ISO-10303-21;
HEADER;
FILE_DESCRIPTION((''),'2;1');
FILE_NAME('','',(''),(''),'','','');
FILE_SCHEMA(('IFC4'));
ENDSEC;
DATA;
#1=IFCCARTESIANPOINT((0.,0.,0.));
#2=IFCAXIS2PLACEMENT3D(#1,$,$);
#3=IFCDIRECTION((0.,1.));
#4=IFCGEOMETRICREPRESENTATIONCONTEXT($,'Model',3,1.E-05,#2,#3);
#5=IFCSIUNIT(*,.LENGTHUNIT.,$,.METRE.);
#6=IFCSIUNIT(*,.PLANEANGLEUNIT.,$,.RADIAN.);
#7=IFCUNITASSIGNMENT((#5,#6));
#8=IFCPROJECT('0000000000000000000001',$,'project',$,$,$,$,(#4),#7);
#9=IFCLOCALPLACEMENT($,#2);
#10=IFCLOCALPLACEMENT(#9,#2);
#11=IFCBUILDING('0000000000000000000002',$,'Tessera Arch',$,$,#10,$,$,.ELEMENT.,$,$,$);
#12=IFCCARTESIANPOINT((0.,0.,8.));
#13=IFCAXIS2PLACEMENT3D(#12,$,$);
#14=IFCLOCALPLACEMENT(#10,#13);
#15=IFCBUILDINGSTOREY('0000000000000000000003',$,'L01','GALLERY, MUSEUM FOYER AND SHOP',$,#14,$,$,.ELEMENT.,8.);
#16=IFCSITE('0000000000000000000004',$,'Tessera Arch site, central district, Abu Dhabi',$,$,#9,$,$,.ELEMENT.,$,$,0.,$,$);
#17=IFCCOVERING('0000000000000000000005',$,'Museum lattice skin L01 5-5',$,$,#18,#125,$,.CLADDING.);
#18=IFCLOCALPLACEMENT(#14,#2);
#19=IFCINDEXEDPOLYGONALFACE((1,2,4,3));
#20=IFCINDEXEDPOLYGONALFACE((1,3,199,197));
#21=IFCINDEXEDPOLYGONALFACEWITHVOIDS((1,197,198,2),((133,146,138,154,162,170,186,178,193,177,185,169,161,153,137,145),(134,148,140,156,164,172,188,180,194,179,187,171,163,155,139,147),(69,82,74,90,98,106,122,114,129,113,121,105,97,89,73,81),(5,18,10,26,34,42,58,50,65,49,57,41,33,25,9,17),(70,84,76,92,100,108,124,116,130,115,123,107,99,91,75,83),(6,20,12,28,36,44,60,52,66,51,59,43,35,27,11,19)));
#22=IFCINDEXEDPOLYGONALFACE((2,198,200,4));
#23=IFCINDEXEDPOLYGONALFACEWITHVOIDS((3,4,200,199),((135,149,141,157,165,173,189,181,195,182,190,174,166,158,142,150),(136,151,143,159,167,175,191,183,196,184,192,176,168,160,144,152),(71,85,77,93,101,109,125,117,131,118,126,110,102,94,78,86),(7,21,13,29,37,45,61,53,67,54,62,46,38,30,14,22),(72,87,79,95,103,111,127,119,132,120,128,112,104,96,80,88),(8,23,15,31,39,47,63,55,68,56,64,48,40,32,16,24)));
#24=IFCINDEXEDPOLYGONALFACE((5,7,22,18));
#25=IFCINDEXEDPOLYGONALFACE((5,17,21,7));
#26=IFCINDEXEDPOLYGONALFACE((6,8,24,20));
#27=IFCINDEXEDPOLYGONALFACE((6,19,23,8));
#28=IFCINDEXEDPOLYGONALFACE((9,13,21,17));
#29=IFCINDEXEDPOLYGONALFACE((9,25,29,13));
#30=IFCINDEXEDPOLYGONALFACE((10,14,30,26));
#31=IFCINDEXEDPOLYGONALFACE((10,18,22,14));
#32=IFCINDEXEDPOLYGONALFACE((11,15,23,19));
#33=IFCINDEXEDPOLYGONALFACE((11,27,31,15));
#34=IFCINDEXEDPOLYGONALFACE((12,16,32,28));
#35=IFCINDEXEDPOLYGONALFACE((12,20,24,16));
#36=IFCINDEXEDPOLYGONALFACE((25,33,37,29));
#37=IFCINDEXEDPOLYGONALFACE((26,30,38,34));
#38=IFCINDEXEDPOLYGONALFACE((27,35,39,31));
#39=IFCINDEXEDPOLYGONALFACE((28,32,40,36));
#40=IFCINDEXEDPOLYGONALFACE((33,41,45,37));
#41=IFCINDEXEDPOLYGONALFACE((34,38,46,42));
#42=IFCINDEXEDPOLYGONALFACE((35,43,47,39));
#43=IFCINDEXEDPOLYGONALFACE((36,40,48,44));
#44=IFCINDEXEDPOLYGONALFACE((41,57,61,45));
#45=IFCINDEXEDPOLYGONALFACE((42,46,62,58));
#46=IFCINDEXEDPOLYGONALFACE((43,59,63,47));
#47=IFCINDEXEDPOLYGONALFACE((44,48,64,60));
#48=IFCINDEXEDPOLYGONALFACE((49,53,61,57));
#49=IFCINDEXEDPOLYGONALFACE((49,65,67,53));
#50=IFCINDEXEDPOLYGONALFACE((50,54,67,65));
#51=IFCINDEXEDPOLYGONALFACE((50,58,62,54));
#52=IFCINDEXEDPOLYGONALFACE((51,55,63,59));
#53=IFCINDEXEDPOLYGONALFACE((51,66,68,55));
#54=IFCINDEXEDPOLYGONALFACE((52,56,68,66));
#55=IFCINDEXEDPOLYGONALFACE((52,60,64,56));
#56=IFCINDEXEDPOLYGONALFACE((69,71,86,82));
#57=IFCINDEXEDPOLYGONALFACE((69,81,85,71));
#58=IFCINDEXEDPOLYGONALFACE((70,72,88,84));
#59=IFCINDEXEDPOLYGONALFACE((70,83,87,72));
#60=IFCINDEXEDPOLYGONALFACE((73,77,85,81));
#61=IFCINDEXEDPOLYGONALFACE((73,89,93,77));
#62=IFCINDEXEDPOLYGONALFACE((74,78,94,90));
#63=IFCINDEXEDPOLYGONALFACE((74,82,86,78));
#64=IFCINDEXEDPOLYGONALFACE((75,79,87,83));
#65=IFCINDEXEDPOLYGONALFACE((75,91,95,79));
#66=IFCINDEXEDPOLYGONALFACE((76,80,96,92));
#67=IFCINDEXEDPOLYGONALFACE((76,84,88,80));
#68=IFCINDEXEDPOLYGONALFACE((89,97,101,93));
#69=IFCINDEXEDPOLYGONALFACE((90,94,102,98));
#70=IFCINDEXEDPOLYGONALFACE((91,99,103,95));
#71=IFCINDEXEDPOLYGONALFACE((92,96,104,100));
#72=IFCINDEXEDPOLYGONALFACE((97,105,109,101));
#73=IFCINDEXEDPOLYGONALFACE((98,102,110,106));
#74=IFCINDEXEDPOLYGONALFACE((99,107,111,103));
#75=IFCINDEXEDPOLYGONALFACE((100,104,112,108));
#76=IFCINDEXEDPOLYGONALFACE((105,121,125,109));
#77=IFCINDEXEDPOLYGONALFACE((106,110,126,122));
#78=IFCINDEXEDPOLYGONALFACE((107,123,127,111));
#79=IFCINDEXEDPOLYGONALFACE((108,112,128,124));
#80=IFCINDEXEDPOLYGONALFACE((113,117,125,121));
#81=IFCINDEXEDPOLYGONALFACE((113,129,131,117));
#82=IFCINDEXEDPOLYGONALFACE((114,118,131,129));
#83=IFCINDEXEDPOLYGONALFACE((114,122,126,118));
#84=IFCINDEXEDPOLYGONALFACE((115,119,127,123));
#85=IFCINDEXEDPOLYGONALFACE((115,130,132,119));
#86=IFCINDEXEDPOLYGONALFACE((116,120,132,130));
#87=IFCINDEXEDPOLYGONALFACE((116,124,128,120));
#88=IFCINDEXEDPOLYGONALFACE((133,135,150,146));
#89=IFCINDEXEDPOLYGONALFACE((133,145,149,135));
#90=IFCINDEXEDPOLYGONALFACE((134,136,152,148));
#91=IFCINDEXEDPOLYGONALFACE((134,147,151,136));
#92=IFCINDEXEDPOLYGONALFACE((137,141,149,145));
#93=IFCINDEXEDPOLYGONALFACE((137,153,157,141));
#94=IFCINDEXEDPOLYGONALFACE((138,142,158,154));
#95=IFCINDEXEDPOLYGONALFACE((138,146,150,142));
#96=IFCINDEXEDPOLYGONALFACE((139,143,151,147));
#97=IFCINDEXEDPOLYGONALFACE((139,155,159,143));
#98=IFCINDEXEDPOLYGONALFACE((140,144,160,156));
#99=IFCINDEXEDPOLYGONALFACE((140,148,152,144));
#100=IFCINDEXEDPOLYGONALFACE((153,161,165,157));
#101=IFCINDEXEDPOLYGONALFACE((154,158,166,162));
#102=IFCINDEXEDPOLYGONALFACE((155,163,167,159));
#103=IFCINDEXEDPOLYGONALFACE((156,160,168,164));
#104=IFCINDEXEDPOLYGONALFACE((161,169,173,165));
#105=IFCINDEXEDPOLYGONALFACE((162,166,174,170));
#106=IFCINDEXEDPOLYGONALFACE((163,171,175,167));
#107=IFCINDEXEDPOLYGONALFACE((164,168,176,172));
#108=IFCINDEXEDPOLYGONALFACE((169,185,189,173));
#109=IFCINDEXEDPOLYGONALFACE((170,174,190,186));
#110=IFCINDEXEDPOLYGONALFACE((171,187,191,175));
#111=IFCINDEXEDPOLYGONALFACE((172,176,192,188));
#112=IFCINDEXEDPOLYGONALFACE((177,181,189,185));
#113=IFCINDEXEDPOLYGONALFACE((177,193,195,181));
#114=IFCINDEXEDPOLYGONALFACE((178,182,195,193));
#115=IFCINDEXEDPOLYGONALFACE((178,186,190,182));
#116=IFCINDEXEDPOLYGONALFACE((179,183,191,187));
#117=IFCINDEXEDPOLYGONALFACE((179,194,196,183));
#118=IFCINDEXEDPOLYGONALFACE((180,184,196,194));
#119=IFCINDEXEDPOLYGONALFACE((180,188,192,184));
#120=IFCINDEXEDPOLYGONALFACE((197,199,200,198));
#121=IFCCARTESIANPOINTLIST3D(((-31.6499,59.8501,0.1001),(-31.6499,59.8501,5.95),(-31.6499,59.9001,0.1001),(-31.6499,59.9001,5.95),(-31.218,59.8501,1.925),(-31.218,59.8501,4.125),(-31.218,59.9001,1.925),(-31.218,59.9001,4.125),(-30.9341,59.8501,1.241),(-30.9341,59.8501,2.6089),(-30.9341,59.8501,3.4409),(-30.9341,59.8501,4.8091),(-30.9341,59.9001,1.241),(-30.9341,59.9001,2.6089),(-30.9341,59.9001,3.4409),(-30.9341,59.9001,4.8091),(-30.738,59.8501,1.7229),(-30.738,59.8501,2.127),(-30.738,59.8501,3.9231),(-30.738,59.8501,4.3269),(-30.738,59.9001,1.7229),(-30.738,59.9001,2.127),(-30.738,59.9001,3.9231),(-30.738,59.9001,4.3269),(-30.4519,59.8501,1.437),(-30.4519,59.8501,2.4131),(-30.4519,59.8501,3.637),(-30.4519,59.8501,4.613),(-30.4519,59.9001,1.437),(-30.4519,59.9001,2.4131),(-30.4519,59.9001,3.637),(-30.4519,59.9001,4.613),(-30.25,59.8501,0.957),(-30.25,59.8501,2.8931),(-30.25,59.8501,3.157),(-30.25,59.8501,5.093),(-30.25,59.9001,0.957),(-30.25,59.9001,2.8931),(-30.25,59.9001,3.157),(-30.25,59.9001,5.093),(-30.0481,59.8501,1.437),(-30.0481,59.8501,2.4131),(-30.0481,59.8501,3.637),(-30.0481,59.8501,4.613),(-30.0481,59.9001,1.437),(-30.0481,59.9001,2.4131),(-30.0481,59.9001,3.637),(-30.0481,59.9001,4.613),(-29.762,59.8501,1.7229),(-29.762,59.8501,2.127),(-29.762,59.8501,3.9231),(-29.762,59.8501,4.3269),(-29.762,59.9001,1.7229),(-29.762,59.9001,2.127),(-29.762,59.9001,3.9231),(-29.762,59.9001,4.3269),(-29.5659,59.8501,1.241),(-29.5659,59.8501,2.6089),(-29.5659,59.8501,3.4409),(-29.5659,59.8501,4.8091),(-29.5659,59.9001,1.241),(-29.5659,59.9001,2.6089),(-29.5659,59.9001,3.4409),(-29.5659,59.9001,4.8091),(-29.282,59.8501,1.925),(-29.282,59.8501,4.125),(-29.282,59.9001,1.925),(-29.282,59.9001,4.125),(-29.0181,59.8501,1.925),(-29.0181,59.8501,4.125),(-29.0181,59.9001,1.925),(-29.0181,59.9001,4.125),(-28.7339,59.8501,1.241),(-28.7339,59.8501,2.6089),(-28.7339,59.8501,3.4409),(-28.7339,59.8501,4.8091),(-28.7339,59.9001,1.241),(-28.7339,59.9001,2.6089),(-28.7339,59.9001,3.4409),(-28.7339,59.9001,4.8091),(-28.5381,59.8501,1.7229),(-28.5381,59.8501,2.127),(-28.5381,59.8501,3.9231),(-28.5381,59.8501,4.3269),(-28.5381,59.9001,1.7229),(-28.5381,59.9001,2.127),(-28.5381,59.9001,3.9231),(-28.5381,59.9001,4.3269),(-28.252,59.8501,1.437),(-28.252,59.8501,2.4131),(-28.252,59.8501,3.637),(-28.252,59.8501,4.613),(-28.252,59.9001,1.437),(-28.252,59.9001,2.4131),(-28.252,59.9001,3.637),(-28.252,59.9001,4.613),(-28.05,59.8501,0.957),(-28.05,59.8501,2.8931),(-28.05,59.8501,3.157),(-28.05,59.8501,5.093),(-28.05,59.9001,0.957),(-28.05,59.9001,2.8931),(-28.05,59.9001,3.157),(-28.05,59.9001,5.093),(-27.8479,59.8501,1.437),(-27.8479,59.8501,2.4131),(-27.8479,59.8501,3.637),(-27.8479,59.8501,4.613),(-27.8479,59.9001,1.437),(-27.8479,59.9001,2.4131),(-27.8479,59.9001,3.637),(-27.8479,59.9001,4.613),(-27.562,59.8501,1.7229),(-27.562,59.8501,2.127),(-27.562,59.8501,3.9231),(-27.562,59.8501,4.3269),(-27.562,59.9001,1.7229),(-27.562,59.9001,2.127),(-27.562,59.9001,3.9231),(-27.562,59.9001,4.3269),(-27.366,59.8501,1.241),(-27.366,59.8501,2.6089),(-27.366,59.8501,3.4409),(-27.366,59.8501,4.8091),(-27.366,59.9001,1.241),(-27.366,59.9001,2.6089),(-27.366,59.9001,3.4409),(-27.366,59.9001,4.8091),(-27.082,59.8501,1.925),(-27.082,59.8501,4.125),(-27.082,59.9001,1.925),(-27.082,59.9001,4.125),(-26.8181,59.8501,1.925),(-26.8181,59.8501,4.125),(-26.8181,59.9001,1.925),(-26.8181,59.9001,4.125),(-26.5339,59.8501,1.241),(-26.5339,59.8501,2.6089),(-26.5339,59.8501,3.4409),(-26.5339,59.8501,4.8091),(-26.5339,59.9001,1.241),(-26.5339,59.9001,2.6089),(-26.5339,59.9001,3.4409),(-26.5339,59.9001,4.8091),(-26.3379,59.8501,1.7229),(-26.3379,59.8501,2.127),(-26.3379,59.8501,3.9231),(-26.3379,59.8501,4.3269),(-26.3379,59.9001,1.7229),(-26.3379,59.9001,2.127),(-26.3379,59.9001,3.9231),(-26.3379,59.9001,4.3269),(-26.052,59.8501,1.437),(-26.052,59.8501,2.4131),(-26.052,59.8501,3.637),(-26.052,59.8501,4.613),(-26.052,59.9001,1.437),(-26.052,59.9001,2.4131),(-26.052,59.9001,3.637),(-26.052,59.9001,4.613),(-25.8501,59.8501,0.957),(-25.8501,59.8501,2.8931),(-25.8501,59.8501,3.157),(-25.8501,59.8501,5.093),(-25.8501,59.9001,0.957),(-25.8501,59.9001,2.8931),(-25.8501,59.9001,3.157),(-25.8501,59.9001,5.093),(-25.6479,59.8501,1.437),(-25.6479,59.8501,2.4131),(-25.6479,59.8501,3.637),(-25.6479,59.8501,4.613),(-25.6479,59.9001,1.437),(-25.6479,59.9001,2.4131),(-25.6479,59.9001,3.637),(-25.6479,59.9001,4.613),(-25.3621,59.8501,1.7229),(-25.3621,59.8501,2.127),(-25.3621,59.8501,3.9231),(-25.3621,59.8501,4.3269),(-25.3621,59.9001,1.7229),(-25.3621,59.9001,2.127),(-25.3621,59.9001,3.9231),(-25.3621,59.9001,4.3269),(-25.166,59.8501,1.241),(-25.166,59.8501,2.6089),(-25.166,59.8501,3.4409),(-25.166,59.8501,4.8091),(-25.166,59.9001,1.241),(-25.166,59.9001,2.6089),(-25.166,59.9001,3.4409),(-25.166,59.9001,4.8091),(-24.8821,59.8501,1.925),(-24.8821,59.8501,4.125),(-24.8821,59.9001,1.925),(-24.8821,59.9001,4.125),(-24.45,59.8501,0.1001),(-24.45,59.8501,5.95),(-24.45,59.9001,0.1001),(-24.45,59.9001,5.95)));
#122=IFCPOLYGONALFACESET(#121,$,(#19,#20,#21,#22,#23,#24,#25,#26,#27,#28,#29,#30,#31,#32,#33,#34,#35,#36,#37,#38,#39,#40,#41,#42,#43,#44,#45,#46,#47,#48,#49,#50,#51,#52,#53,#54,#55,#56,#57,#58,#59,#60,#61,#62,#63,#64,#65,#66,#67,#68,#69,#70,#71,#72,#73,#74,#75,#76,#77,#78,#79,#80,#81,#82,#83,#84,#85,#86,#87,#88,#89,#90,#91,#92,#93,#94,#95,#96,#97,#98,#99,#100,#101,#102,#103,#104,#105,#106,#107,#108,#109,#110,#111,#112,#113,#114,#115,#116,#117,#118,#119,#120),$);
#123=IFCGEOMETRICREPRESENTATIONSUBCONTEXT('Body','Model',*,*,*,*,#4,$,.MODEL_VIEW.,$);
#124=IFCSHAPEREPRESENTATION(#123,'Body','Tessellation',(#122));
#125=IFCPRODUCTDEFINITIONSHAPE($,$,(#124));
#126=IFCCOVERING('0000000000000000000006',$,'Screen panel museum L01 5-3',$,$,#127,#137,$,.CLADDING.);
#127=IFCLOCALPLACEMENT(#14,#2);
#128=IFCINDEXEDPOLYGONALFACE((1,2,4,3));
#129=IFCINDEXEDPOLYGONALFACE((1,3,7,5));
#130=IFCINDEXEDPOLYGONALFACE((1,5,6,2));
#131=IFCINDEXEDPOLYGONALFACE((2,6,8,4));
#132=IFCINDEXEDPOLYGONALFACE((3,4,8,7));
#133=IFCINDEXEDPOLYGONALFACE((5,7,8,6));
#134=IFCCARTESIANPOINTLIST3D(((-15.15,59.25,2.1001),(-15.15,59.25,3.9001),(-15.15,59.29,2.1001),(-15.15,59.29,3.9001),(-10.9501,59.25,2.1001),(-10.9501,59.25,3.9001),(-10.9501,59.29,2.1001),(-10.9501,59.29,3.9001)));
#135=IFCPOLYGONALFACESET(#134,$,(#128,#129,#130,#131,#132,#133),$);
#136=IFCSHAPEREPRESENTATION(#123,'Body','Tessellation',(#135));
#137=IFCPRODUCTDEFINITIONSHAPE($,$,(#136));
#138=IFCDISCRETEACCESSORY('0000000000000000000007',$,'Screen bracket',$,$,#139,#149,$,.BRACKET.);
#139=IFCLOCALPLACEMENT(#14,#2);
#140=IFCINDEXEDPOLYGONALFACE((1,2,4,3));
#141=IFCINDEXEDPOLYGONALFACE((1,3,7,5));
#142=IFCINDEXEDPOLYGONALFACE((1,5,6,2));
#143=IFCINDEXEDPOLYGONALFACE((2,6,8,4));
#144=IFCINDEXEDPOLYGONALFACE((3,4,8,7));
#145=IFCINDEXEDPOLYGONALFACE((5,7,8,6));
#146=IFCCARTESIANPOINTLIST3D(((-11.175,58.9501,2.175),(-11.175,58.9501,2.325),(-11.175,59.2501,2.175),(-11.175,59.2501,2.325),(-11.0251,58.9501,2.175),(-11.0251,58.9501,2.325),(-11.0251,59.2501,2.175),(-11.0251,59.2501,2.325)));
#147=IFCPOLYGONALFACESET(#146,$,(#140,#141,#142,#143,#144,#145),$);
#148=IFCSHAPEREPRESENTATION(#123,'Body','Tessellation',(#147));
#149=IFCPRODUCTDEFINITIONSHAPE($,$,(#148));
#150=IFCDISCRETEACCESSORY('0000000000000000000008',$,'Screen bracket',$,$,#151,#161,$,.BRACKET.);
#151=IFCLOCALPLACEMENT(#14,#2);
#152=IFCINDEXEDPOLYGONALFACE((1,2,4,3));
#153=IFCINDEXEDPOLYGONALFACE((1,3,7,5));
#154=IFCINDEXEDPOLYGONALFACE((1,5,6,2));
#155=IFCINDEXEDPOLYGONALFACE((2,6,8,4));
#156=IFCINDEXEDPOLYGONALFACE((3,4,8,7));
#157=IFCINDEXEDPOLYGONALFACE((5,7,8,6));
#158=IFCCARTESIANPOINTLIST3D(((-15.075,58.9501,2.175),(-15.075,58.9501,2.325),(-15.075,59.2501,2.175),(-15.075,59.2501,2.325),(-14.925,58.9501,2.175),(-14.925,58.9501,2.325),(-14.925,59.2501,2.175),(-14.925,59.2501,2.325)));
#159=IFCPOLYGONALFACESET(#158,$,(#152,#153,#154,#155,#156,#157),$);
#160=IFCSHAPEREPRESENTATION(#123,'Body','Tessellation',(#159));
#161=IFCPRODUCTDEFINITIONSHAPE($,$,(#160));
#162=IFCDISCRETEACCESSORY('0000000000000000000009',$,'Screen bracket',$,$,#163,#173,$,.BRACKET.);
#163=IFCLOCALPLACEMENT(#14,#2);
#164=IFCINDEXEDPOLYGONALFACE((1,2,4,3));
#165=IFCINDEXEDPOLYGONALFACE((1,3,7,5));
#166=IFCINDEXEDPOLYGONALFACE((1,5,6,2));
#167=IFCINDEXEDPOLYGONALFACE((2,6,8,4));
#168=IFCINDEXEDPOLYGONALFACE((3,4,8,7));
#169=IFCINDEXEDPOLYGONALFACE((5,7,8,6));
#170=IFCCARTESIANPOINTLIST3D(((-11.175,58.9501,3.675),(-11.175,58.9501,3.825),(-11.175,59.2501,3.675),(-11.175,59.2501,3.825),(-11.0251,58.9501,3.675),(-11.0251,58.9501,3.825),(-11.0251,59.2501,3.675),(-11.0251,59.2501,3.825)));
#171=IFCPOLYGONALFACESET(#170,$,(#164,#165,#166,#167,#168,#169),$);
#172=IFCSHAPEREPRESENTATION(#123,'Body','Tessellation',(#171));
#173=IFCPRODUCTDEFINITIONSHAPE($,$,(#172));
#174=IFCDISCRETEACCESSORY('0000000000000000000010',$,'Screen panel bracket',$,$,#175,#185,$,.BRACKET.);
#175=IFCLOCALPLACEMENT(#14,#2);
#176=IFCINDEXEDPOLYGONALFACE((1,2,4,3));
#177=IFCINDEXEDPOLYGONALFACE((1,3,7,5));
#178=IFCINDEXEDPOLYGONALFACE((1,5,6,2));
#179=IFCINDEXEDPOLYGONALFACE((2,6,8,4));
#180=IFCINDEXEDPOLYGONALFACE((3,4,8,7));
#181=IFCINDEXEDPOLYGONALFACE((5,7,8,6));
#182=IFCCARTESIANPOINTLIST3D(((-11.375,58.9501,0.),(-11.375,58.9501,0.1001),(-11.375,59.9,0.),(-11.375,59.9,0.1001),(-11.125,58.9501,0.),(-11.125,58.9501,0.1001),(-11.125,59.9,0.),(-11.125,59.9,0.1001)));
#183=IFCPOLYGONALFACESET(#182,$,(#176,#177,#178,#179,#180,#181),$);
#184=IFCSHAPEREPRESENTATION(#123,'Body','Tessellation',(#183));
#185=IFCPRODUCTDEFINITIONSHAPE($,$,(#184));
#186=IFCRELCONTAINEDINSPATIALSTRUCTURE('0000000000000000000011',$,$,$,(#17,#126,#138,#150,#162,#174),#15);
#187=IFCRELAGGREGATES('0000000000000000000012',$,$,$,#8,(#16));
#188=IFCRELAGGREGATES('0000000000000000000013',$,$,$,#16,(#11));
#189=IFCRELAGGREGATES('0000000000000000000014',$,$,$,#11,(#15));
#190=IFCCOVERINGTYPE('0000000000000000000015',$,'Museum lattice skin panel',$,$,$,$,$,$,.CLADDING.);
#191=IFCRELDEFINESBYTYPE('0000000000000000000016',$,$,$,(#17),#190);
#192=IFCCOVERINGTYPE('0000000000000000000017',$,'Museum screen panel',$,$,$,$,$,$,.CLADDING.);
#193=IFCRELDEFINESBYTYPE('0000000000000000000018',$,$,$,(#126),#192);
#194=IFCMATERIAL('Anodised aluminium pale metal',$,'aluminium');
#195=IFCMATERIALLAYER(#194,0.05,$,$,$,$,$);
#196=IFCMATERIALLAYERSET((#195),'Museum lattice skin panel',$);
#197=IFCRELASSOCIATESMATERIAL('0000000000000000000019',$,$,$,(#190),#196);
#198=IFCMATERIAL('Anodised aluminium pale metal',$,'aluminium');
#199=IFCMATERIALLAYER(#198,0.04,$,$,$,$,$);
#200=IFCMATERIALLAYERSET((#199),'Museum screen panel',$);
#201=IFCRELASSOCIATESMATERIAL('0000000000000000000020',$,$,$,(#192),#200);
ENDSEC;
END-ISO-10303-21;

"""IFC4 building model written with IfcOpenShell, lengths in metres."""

from ifc_helpers import new_model, si_unit, direction, frame, origin, origin_2d, place, context, subcontext, project, spatial, polyline, rectangle, outline, extrude, material, layer, layer_set, type_object, element, save


model = new_model("IFC4")

# Units and contexts
model_context = context("Model", 3, precision=1e-05, world=origin(), true_north=direction((0.0, 1.0)))
body_context = subcontext(model_context, "Body", "Model", "MODEL_VIEW")
ifc_project = project(units=[si_unit("LENGTHUNIT", "METRE"), si_unit("PLANEANGLEUNIT", "RADIAN")], contexts=[model_context])

# Site, building, storey
site_placement = place(None, origin())
site = spatial("IfcSite", under=ifc_project, at=site_placement, Name="Tessera Arch site, central district, Abu Dhabi", CompositionType="ELEMENT", RefElevation=0.0)
building_placement = place(site_placement, origin())
building = spatial("IfcBuilding", under=site, at=building_placement, Name="Tessera Arch", CompositionType="ELEMENT")
storey_placement = place(building_placement, frame((0.0, 0.0, 8.0)))
storey = spatial("IfcBuildingStorey", under=building, at=storey_placement, Name="L01", Description="GALLERY, MUSEUM FOYER AND SHOP", CompositionType="ELEMENT", Elevation=8.0)

# Coverings
ifc_material_1 = material(Name="Anodised aluminium pale metal", Category="aluminium")
ifc_layer_1 = layer(ifc_material_1, 0.05)
ifc_layer_set_1 = layer_set([ifc_layer_1], Name="Museum lattice skin panel")
covering_type_1 = type_object("IfcCoveringType", Name="Museum lattice skin panel", PredefinedType="CLADDING", material=ifc_layer_set_1)
covering_1_placement = place(storey_placement, frame((-24.45, 59.8501, 5.95), z_axis=(0.0, -1.0, 0.0), x_axis=(-1.0, 0.0, 0.0)))
element("IfcCovering", 1, at=covering_1_placement, inside=storey, type_object=covering_type_1, Name="Museum lattice skin L01 5-5", PredefinedType="CLADDING", context=body_context, shape_type="SweptSolid", body=[
    extrude(outline(polyline([(0.0, 0.0), (7.2, 0.0), (7.2, 5.8499), (0.0, 5.8499), (0.0, 0.0)]), holes=[polyline([(2.3682, 4.0249), (1.8879, 3.823), (2.084, 3.3411), (1.6021, 3.5369), (1.4001, 3.0569), (1.198, 3.5369), (0.7161, 3.3411), (0.9121, 3.823), (0.4321, 4.0249), (0.9121, 4.2271), (0.7161, 4.709), (1.198, 4.5129), (1.4001, 4.9929), (1.6021, 4.5129), (2.084, 4.709), (1.8879, 4.2271), (2.3682, 4.0249)]), polyline([(2.3682, 1.825), (1.8879, 1.623), (2.084, 1.1409), (1.6021, 1.3369), (1.4001, 0.8569), (1.198, 1.3369), (0.7161, 1.1409), (0.9121, 1.623), (0.4321, 1.825), (0.9121, 2.0269), (0.7161, 2.509), (1.198, 2.313), (1.4001, 2.793), (1.6021, 2.313), (2.084, 2.509), (1.8879, 2.0269), (2.3682, 1.825)]), polyline([(4.5681, 4.0249), (4.0881, 3.823), (4.2839, 3.3411), (3.802, 3.5369), (3.6001, 3.0569), (3.3979, 3.5369), (2.916, 3.3411), (3.1121, 3.823), (2.6321, 4.0249), (3.1121, 4.2271), (2.916, 4.709), (3.3979, 4.5129), (3.6001, 4.9929), (3.802, 4.5129), (4.2839, 4.709), (4.0881, 4.2271), (4.5681, 4.0249)]), polyline([(4.5681, 1.825), (4.0881, 1.623), (4.2839, 1.1409), (3.802, 1.3369), (3.6001, 0.8569), (3.3979, 1.3369), (2.916, 1.1409), (3.1121, 1.623), (2.6321, 1.825), (3.1121, 2.0269), (2.916, 2.509), (3.3979, 2.313), (3.6001, 2.793), (3.802, 2.313), (4.2839, 2.509), (4.0881, 2.0269), (4.5681, 1.825)]), polyline([(6.7681, 4.0249), (6.2881, 3.823), (6.4841, 3.3411), (6.002, 3.5369), (5.8, 3.0569), (5.5981, 3.5369), (5.116, 3.3411), (5.312, 3.823), (4.832, 4.0249), (5.312, 4.2271), (5.116, 4.709), (5.5981, 4.5129), (5.8, 4.9929), (6.002, 4.5129), (6.4841, 4.709), (6.2881, 4.2271), (6.7681, 4.0249)]), polyline([(6.7681, 1.825), (6.2881, 1.623), (6.4841, 1.1409), (6.002, 1.3369), (5.8, 0.8569), (5.5981, 1.3369), (5.116, 1.1409), (5.312, 1.623), (4.832, 1.825), (5.312, 2.0269), (5.116, 2.509), (5.5981, 2.313), (5.8, 2.793), (6.002, 2.313), (6.4841, 2.509), (6.2881, 2.0269), (6.7681, 1.825)])]), origin(), (0.0, 0.0, -1.0), 0.05),
])
ifc_material_2 = material(Name="Anodised aluminium pale metal", Category="aluminium")
ifc_layer_2 = layer(ifc_material_2, 0.04)
ifc_layer_set_2 = layer_set([ifc_layer_2], Name="Museum screen panel")
covering_type_2 = type_object("IfcCoveringType", Name="Museum screen panel", PredefinedType="CLADDING", material=ifc_layer_set_2)
covering_2_placement = place(storey_placement, frame((-13.05, 59.27, 2.1001), z_axis=(0.0, 0.0, 1.0), x_axis=(-1.0, 0.0, 0.0)))
element("IfcCovering", 2, at=covering_2_placement, inside=storey, type_object=covering_type_2, Name="Screen panel museum L01 5-3", PredefinedType="CLADDING", context=body_context, shape_type="SweptSolid", body=[
    extrude(rectangle(XDim=4.2, YDim=0.04, at=origin_2d()), origin(), (0.0, 0.0, 1.0), 1.8),
])

# Discrete accessories
for number, where, z_axis, x_axis, name in (
    (3, (-11.1001, 59.1001, 2.175), (0.0, 0.0, 1.0), (0.0, 1.0, 0.0), "Screen bracket"),
    (4, (-15.0, 59.1001, 2.175), (0.0, 0.0, 1.0), (0.0, 1.0, 0.0), "Screen bracket"),
    (5, (-11.1001, 59.1001, 3.675), (0.0, 0.0, 1.0), (0.0, 1.0, 0.0), "Screen bracket"),
):
    element("IfcDiscreteAccessory", number, at=place(storey_placement, frame(where, z_axis=z_axis, x_axis=x_axis)), inside=storey, Name=name, PredefinedType="BRACKET", context=body_context, shape_type="SweptSolid", body=[
        extrude(rectangle(XDim=0.3, YDim=0.1499, at=origin_2d()), origin(), (0.0, 0.0, 1.0), 0.1499),
    ])
for number, where, z_axis, x_axis, name in (
    (6, (-11.25, 59.425, 0.0), (0.0, 0.0, 1.0), (0.0, 1.0, 0.0), "Screen panel bracket"),
):
    element("IfcDiscreteAccessory", number, at=place(storey_placement, frame(where, z_axis=z_axis, x_axis=x_axis)), inside=storey, Name=name, PredefinedType="BRACKET", context=body_context, shape_type="SweptSolid", body=[
        extrude(rectangle(XDim=0.95, YDim=0.25, at=origin_2d()), origin(), (0.0, 0.0, 1.0), 0.1001),
    ])

save(model, "model.ifc")
